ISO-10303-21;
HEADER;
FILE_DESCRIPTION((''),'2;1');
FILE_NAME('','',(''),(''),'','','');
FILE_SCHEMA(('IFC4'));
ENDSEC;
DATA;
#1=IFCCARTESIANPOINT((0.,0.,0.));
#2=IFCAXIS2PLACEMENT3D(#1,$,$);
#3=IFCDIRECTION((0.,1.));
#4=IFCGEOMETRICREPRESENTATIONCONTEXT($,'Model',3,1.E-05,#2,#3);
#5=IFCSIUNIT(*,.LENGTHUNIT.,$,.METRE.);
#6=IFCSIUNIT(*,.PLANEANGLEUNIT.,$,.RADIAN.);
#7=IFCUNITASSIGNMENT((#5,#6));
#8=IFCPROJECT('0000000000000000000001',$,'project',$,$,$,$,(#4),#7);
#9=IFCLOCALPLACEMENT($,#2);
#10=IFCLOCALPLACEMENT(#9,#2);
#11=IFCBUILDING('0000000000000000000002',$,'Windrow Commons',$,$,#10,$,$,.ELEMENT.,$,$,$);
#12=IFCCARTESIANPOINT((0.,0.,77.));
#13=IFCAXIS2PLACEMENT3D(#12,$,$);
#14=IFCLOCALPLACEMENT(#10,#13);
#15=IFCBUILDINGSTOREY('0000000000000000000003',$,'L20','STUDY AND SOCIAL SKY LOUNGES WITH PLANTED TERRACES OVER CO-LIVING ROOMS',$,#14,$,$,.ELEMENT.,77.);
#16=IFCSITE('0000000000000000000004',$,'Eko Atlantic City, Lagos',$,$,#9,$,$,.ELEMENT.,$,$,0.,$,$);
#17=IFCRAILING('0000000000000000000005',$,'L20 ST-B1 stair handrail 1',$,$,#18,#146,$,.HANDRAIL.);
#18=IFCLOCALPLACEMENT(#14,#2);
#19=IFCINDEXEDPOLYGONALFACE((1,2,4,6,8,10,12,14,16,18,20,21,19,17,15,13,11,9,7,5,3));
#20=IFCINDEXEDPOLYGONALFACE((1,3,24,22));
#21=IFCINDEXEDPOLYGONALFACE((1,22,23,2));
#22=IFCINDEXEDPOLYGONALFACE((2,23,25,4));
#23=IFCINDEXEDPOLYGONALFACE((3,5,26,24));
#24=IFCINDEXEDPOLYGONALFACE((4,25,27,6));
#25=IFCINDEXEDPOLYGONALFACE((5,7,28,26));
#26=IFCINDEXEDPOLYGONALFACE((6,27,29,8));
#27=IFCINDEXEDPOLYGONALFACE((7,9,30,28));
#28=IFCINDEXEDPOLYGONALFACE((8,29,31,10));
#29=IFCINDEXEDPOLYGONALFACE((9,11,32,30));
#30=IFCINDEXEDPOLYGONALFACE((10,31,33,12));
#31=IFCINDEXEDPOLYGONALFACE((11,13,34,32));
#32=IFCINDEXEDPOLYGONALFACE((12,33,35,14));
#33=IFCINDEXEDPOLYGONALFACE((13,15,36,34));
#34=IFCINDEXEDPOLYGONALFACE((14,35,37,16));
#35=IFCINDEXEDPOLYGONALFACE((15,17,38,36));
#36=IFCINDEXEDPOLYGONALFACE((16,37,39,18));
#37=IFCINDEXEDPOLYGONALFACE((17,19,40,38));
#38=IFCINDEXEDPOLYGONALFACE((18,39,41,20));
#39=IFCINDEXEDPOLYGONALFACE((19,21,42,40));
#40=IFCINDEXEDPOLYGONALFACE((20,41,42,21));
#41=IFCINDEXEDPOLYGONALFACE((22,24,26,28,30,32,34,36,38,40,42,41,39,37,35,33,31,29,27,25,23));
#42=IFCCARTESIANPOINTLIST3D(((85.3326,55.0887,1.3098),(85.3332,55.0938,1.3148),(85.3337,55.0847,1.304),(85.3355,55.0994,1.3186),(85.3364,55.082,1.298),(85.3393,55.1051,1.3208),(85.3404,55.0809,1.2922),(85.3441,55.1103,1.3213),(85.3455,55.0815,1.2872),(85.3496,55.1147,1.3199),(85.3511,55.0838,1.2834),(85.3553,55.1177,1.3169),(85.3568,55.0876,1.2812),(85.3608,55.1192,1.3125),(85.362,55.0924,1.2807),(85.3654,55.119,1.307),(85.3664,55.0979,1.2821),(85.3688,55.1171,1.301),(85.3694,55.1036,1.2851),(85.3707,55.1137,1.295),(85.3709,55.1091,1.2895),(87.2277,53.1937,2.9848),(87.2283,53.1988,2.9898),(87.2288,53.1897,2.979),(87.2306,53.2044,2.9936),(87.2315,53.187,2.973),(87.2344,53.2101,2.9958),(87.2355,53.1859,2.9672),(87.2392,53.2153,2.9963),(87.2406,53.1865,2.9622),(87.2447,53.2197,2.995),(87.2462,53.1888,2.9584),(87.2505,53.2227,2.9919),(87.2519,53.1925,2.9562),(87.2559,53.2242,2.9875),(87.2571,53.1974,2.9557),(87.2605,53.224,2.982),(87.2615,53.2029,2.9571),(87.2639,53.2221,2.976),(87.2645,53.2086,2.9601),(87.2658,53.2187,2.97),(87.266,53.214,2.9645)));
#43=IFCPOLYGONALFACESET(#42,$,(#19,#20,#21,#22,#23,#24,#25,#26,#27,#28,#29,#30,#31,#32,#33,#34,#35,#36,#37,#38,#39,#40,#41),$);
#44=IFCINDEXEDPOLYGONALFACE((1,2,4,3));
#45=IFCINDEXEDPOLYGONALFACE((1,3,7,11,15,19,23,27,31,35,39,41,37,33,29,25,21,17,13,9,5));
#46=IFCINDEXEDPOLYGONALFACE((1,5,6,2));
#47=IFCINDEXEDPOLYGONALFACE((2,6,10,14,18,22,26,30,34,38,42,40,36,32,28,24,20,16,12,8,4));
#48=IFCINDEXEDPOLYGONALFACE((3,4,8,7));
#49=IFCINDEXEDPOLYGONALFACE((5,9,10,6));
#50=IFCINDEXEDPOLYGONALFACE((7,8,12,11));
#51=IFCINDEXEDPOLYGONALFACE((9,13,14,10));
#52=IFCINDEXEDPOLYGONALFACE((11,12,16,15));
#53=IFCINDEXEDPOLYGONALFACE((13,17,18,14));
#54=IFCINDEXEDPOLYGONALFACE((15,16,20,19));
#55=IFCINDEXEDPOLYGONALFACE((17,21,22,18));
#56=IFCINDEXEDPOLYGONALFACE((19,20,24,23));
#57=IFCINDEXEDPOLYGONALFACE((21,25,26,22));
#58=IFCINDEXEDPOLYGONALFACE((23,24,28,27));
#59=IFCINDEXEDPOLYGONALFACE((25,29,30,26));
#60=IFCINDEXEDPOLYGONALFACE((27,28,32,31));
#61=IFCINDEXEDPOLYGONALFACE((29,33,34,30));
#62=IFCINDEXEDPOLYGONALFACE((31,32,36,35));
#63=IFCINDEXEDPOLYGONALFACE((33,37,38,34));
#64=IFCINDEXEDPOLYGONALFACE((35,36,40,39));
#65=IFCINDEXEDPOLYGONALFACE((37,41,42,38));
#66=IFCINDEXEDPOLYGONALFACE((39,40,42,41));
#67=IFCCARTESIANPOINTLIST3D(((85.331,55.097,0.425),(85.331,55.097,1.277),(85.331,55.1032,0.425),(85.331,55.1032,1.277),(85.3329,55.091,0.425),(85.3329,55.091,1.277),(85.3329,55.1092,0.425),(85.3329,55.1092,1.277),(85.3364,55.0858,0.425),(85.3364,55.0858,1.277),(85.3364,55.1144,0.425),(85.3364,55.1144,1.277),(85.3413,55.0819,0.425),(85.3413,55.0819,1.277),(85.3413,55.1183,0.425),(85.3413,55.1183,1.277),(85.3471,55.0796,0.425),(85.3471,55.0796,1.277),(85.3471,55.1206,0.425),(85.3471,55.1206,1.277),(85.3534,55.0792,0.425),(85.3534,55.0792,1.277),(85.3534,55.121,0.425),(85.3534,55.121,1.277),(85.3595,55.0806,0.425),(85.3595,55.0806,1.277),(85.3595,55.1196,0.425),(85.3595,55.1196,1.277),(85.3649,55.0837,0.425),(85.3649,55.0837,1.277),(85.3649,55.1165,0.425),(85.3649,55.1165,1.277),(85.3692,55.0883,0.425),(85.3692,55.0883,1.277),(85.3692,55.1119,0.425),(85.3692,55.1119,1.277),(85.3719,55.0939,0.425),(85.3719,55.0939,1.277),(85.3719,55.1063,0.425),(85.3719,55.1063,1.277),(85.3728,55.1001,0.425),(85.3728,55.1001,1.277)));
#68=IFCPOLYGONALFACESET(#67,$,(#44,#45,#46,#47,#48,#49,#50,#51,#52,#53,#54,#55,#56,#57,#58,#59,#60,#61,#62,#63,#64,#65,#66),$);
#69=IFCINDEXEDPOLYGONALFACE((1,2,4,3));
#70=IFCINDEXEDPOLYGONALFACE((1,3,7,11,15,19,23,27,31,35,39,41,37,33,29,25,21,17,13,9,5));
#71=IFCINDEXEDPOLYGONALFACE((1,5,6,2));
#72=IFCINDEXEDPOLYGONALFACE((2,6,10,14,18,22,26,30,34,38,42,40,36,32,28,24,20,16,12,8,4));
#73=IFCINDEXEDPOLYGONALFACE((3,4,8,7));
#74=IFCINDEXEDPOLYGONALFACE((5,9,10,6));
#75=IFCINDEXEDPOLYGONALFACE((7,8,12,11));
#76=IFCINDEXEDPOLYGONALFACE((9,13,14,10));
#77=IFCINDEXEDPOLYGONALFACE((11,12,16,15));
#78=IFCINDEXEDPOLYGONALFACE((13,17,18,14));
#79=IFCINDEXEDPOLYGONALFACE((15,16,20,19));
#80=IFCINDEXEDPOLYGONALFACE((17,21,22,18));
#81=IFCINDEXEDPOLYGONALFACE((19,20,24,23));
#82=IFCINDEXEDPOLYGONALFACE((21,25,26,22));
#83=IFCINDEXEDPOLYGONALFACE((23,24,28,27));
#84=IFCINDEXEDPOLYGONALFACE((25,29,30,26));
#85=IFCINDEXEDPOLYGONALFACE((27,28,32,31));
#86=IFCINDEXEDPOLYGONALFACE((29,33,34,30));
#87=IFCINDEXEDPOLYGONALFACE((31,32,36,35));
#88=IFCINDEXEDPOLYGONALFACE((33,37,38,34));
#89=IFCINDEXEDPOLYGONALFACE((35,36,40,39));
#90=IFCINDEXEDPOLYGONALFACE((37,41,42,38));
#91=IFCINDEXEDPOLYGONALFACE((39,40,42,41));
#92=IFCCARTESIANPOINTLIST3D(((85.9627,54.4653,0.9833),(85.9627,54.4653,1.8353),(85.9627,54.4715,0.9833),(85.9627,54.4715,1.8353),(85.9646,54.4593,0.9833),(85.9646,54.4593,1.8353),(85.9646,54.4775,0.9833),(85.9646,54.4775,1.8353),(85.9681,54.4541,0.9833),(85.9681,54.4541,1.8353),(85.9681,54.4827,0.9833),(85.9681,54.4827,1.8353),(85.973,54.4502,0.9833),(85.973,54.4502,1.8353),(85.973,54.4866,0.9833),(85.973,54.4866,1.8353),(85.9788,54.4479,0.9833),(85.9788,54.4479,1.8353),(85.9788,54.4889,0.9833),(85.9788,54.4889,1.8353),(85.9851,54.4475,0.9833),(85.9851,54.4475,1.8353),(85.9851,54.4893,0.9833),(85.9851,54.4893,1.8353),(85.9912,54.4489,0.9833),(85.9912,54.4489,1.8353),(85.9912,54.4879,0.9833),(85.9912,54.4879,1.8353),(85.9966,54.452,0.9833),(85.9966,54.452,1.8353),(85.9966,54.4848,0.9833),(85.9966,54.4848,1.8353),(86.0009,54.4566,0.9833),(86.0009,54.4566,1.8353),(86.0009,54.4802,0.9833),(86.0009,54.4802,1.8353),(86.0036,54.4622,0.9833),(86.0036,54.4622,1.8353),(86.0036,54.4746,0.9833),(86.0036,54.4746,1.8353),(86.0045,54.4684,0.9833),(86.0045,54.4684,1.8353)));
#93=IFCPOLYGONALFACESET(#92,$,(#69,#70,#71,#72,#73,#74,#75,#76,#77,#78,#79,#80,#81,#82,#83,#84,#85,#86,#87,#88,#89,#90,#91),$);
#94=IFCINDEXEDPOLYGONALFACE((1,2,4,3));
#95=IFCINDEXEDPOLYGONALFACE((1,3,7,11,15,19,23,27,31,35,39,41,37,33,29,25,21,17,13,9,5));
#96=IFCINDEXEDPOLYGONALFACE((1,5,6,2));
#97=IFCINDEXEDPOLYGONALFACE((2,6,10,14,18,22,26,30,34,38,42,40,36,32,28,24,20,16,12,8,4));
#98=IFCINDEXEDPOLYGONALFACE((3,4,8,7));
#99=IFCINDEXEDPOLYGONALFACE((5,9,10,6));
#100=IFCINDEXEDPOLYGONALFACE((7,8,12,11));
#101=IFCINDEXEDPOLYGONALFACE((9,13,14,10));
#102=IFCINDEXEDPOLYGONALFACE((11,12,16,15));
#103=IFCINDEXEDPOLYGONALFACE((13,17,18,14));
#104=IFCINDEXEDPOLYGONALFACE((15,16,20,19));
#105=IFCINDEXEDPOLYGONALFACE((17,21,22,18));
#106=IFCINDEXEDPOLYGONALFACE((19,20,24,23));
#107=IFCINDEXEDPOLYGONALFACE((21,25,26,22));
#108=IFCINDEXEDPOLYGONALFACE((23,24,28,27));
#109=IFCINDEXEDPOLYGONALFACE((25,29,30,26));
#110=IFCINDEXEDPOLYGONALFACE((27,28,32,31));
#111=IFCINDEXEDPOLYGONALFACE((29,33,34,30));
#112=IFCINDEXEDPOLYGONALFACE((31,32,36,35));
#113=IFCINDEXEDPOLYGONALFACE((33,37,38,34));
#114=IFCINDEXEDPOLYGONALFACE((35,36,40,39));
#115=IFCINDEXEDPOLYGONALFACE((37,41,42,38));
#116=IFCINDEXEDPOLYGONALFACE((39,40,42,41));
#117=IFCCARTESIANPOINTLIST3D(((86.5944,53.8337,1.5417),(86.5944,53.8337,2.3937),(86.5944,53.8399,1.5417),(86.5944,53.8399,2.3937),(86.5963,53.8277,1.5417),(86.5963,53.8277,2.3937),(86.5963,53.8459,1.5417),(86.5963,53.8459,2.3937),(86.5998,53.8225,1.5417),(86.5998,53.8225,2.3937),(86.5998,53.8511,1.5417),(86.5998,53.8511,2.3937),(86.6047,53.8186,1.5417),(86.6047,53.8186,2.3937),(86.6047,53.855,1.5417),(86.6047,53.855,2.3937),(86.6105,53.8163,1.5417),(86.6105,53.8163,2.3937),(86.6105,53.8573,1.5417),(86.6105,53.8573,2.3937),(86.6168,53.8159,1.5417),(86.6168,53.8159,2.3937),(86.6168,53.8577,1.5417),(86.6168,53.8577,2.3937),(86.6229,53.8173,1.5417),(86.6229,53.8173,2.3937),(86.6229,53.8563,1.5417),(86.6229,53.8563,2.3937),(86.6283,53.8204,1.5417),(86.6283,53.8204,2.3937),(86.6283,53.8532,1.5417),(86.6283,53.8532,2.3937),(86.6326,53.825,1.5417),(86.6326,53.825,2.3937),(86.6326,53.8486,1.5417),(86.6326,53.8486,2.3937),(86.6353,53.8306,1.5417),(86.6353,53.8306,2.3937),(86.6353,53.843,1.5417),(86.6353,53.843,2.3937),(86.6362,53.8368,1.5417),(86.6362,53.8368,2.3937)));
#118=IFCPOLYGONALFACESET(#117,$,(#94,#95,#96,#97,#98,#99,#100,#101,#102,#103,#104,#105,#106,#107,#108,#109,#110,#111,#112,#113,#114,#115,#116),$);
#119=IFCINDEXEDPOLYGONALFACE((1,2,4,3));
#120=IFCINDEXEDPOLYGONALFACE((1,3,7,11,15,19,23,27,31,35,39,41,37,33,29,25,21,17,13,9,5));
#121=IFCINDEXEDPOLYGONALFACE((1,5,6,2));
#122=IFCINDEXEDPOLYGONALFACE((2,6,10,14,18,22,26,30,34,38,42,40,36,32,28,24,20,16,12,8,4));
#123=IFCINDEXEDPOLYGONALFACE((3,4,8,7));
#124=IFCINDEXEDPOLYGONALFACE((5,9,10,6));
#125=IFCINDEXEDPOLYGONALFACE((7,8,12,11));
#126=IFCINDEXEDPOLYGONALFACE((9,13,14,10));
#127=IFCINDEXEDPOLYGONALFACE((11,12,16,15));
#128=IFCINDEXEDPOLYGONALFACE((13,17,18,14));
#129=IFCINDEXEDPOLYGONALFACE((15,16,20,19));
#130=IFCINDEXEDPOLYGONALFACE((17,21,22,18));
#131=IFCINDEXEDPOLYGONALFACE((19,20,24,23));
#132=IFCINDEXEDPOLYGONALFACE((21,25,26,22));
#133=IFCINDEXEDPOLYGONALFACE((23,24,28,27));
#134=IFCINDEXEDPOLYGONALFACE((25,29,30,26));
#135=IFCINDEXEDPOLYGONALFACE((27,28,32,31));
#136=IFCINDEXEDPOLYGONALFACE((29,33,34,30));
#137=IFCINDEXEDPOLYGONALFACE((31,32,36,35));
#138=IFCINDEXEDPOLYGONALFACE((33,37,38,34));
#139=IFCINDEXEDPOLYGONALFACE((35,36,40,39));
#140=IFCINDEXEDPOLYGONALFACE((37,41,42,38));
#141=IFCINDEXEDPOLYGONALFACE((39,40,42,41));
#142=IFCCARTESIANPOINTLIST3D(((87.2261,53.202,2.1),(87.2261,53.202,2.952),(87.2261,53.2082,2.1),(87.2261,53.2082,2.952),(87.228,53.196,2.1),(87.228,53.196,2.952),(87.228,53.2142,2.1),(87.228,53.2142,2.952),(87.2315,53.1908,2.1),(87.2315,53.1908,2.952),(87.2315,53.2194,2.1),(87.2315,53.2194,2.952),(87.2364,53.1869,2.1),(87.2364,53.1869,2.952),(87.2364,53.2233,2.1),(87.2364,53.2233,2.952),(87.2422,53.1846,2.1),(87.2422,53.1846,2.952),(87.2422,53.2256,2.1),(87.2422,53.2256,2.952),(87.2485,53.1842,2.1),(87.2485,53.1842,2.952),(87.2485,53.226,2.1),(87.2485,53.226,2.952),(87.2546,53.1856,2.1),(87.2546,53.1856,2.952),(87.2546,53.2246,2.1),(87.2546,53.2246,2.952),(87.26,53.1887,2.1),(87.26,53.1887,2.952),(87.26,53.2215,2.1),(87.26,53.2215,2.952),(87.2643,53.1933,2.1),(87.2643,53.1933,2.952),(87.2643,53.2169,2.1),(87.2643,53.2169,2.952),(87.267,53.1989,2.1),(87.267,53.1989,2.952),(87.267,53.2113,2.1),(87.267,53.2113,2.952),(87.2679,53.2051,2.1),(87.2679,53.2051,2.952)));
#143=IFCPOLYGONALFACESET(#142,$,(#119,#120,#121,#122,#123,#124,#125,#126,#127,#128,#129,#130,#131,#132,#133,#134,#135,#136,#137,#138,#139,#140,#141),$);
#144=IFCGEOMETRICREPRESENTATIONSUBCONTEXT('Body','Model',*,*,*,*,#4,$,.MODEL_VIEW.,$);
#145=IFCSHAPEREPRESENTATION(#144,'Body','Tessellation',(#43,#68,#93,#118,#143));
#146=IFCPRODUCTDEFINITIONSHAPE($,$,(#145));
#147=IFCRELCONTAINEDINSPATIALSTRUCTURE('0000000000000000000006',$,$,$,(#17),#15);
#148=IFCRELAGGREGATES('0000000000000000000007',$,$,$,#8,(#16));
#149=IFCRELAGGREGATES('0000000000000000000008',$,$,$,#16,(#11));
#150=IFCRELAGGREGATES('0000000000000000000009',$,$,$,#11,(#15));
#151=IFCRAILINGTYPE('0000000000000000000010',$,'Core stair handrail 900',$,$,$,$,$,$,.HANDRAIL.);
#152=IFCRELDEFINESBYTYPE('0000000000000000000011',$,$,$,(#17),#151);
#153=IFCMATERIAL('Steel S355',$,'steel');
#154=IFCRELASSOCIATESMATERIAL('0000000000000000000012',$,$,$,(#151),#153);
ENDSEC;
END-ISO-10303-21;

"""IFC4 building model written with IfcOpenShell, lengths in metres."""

from ifc_helpers import new_model, si_unit, direction, frame, origin, origin_2d, place, context, subcontext, project, spatial, circle, extrude, material, type_object, element, save


model = new_model("IFC4")

# Units and contexts
model_context = context("Model", 3, precision=1e-05, world=origin(), true_north=direction((0.0, 1.0)))
body_context = subcontext(model_context, "Body", "Model", "MODEL_VIEW")
ifc_project = project(units=[si_unit("LENGTHUNIT", "METRE"), si_unit("PLANEANGLEUNIT", "RADIAN")], contexts=[model_context])

# Site, building, storey
site_placement = place(None, origin())
site = spatial("IfcSite", under=ifc_project, at=site_placement, Name="Eko Atlantic City, Lagos", CompositionType="ELEMENT", RefElevation=0.0)
building_placement = place(site_placement, origin())
building = spatial("IfcBuilding", under=site, at=building_placement, Name="Windrow Commons", CompositionType="ELEMENT")
storey_placement = place(building_placement, frame((0.0, 0.0, 77.0)))
storey = spatial("IfcBuildingStorey", under=building, at=storey_placement, Name="L20", Description="STUDY AND SOCIAL SKY LOUNGES WITH PLANTED TERRACES OVER CO-LIVING ROOMS", CompositionType="ELEMENT", Elevation=77.0)

# Railing
ifc_material_1 = material(Name="Steel S355", Category="steel")
railing_type_1 = type_object("IfcRailingType", Name="Core stair handrail 900", PredefinedType="HANDRAIL", material=ifc_material_1)
railing_1_placement = place(storey_placement, frame((85.3518, 55.1001, 0.425)))
element("IfcRailing", 1, at=railing_1_placement, inside=storey, type_object=railing_type_1, Name="L20 ST-B1 stair handrail 1", PredefinedType="HANDRAIL", context=body_context, shape_type="SweptSolid", body=[
    extrude(circle(Radius=0.024, at=origin_2d()), frame((0.0, 0.0, 0.876), z_axis=(0.599642, -0.59961, 0.529998), x_axis=(0.707088, 0.707125, 0.0)), (0.0, 0.0, 1.0), 3.1604),
    extrude(circle(Radius=0.021, at=origin_2d()), origin(), (0.0, 0.0, 1.0), 0.852),
    extrude(circle(Radius=0.021, at=origin_2d()), frame((0.6317, -0.6317, 0.5583)), (0.0, 0.0, 1.0), 0.852),
    extrude(circle(Radius=0.021, at=origin_2d()), frame((1.2634, -1.2633, 1.1167)), (0.0, 0.0, 1.0), 0.852),
    extrude(circle(Radius=0.021, at=origin_2d()), frame((1.8951, -1.895, 1.675)), (0.0, 0.0, 1.0), 0.852),
])

save(model, "model.ifc")
